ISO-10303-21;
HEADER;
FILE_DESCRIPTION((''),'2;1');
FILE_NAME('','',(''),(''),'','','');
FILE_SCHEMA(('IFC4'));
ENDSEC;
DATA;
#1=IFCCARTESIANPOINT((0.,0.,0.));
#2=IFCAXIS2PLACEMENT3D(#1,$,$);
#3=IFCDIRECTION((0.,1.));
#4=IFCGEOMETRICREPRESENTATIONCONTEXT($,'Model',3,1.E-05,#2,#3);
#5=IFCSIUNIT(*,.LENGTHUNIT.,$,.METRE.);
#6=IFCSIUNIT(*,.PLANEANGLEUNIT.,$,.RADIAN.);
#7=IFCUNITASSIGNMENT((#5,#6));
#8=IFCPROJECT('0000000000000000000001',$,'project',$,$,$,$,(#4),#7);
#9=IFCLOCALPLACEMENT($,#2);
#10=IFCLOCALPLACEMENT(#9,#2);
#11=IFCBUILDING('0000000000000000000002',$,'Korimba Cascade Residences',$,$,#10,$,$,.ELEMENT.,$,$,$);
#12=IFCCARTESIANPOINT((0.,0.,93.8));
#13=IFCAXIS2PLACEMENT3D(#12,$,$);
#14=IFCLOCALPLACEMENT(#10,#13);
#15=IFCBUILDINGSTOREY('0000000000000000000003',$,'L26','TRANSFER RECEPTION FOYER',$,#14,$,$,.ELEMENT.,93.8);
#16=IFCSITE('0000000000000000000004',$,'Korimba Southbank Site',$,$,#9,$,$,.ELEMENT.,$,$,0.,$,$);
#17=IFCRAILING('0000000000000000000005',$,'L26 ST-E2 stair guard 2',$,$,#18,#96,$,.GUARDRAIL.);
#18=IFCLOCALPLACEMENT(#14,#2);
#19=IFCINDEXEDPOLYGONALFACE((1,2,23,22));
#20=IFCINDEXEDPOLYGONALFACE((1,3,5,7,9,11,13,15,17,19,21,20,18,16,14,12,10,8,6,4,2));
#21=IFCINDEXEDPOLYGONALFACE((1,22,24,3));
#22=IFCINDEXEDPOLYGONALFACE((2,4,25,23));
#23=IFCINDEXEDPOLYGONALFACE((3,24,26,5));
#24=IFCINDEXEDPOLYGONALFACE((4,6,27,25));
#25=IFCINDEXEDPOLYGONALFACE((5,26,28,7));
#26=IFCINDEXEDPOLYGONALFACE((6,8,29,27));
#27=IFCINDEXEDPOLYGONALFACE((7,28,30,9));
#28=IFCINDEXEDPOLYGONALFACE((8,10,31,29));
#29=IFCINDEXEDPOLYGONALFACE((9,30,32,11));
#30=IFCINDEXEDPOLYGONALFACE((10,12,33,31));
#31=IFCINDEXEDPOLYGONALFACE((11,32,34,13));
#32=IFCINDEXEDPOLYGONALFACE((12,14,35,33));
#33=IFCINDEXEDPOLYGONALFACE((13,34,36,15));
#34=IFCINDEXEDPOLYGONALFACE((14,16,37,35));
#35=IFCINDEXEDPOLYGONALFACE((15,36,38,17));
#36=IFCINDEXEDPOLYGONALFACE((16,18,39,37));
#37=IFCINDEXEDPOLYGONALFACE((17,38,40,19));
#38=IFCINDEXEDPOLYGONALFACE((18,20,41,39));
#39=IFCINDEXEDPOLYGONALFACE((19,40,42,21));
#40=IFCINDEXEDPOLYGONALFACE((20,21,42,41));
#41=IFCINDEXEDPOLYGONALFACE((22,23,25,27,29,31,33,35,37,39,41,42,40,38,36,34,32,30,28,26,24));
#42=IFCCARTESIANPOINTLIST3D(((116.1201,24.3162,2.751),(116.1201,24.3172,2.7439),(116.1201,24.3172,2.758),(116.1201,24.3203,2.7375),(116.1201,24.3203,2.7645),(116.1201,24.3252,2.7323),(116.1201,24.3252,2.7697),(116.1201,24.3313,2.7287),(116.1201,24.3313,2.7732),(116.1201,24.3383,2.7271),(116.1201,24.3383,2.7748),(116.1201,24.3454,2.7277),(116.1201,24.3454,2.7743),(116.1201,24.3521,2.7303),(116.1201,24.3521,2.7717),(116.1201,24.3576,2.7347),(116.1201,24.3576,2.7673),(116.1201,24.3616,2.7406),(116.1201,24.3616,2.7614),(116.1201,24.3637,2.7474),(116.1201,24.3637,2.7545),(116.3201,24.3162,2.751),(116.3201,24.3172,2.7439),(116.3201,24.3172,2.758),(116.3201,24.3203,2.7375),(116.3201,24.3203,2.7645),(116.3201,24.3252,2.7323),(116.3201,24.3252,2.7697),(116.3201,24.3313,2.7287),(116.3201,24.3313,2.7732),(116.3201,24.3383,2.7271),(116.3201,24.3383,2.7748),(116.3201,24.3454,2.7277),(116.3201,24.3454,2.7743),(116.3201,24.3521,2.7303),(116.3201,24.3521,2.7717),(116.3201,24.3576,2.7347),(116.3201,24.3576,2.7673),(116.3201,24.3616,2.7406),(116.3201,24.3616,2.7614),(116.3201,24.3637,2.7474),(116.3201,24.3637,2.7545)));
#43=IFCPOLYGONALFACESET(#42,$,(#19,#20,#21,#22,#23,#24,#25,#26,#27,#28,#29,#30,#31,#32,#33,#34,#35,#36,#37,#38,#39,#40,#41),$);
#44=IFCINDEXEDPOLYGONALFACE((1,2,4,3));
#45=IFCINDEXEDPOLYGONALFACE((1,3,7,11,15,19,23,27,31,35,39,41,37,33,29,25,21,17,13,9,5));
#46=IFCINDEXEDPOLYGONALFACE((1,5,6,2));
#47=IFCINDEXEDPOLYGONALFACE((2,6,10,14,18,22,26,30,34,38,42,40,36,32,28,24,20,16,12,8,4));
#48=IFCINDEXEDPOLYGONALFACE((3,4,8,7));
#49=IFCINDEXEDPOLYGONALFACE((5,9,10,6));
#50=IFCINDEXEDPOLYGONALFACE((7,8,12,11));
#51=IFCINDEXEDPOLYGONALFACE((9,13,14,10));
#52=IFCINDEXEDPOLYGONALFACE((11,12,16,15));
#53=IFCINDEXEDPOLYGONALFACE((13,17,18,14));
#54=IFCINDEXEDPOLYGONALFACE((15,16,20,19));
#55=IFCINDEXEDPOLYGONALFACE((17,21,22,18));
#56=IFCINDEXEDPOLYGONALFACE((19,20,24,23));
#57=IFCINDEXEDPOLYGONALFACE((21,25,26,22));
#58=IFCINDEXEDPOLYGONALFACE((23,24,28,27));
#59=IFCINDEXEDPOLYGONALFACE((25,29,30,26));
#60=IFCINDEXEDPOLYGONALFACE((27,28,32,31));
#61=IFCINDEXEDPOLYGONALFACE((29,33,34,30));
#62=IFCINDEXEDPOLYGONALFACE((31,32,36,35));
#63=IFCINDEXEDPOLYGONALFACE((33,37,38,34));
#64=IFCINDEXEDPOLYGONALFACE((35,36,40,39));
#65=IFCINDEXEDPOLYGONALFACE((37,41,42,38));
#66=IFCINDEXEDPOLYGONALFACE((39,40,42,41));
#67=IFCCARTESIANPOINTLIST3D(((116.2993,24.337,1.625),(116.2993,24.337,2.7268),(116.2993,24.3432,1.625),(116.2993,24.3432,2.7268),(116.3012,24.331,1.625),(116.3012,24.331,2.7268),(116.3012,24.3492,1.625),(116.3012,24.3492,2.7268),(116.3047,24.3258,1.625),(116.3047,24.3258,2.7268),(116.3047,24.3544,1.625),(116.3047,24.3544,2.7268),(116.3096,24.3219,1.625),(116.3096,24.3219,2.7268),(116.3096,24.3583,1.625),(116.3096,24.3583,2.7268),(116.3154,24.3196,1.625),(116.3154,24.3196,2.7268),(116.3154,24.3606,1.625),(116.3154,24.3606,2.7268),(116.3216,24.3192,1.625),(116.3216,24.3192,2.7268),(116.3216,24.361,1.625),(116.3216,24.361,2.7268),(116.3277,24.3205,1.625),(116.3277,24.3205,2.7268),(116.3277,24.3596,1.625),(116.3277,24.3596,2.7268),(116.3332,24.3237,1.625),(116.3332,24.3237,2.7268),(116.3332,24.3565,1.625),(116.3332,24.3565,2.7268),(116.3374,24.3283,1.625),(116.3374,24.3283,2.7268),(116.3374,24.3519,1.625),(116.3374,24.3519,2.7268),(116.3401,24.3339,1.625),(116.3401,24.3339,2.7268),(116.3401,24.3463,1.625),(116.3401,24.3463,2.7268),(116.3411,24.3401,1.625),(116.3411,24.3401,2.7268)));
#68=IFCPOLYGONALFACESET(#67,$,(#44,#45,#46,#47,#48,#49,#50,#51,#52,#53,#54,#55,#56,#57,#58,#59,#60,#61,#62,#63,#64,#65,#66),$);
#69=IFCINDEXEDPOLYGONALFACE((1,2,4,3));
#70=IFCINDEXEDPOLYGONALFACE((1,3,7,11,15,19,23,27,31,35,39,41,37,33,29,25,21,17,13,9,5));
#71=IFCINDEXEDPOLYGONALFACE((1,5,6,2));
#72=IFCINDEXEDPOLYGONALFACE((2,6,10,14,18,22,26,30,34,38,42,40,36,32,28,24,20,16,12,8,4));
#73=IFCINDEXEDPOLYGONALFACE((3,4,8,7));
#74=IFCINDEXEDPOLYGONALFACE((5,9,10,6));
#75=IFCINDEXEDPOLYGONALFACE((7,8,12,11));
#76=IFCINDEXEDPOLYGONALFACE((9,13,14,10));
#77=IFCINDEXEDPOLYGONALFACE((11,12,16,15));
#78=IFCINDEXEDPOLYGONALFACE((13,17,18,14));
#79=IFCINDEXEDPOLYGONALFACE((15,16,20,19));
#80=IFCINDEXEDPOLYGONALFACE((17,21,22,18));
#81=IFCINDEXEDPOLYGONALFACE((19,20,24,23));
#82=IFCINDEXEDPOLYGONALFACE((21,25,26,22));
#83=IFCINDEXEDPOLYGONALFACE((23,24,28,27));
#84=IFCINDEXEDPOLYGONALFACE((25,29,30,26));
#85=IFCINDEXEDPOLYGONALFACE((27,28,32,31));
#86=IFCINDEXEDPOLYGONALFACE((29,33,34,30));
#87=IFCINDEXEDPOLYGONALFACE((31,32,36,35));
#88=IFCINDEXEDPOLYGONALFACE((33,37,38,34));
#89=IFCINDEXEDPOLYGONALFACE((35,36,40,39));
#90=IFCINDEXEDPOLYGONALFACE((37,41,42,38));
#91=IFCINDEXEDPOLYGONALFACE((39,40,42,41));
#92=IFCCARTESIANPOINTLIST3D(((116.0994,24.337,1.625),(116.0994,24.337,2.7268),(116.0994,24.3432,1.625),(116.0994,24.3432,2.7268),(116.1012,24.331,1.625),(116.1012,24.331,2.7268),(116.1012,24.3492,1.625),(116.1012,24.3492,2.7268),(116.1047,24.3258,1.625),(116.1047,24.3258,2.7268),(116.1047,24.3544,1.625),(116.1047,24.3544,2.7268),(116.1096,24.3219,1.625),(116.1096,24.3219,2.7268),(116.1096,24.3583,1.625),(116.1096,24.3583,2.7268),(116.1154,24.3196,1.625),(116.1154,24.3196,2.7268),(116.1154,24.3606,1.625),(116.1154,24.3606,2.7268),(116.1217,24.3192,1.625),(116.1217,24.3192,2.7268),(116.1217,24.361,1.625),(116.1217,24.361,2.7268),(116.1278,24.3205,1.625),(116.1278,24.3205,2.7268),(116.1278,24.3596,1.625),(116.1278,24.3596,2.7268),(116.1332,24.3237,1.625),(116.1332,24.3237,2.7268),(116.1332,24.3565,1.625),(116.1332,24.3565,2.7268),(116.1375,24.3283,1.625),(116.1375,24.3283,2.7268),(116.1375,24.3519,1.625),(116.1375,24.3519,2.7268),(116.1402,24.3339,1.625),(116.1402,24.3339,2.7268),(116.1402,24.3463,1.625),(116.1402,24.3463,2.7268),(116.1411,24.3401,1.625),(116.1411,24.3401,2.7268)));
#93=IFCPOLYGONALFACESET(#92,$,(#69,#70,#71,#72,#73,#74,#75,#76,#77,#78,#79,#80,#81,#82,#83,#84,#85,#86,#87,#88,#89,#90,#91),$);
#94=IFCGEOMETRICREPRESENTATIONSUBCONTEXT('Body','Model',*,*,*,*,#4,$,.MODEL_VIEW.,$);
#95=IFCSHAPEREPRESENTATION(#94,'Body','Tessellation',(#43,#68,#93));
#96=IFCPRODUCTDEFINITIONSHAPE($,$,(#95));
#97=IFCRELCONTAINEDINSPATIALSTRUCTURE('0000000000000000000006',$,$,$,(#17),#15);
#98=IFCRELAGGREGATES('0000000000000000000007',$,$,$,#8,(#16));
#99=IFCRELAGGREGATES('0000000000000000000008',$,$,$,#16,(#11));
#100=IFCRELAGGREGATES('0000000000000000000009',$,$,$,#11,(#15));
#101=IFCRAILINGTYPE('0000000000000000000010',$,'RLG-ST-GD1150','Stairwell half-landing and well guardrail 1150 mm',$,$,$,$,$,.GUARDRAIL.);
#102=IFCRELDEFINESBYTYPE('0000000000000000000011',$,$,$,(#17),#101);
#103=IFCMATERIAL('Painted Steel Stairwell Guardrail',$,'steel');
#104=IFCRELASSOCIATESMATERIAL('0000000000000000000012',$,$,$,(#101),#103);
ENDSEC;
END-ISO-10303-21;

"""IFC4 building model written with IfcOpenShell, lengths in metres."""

from ifc_helpers import new_model, si_unit, direction, frame, origin, origin_2d, place, context, subcontext, project, spatial, circle, extrude, material, type_object, element, save


model = new_model("IFC4")

# Units and contexts
model_context = context("Model", 3, precision=1e-05, world=origin(), true_north=direction((0.0, 1.0)))
body_context = subcontext(model_context, "Body", "Model", "MODEL_VIEW")
ifc_project = project(units=[si_unit("LENGTHUNIT", "METRE"), si_unit("PLANEANGLEUNIT", "RADIAN")], contexts=[model_context])

# Site, building, storey
site_placement = place(None, origin())
site = spatial("IfcSite", under=ifc_project, at=site_placement, Name="Korimba Southbank Site", CompositionType="ELEMENT", RefElevation=0.0)
building_placement = place(site_placement, origin())
building = spatial("IfcBuilding", under=site, at=building_placement, Name="Korimba Cascade Residences", CompositionType="ELEMENT")
storey_placement = place(building_placement, frame((0.0, 0.0, 93.8)))
storey = spatial("IfcBuildingStorey", under=building, at=storey_placement, Name="L26", Description="TRANSFER RECEPTION FOYER", CompositionType="ELEMENT", Elevation=93.8)

# Railing
ifc_material_1 = material(Name="Painted Steel Stairwell Guardrail", Category="steel")
railing_type_1 = type_object("IfcRailingType", Name="RLG-ST-GD1150", Description="Stairwell half-landing and well guardrail 1150 mm", PredefinedType="GUARDRAIL", material=ifc_material_1)
railing_1_placement = place(storey_placement, frame((116.3201, 24.3401, 1.625)))
element("IfcRailing", 1, at=railing_1_placement, inside=storey, type_object=railing_type_1, Name="L26 ST-E2 stair guard 2", PredefinedType="GUARDRAIL", context=body_context, shape_type="SweptSolid", body=[
    extrude(circle(Radius=0.0239, at=origin_2d()), frame((0.0, 0.0, 1.126), z_axis=(-1.0, 0.0, 0.0), x_axis=(0.0, -1.0, 0.0)), (0.0, 0.0, 1.0), 0.2),
    extrude(circle(Radius=0.021, at=origin_2d()), origin(), (0.0, 0.0, 1.0), 1.1018),
    extrude(circle(Radius=0.021, at=origin_2d()), frame((-0.2, 0.0, 0.0)), (0.0, 0.0, 1.0), 1.1018),
])

save(model, "model.ifc")
